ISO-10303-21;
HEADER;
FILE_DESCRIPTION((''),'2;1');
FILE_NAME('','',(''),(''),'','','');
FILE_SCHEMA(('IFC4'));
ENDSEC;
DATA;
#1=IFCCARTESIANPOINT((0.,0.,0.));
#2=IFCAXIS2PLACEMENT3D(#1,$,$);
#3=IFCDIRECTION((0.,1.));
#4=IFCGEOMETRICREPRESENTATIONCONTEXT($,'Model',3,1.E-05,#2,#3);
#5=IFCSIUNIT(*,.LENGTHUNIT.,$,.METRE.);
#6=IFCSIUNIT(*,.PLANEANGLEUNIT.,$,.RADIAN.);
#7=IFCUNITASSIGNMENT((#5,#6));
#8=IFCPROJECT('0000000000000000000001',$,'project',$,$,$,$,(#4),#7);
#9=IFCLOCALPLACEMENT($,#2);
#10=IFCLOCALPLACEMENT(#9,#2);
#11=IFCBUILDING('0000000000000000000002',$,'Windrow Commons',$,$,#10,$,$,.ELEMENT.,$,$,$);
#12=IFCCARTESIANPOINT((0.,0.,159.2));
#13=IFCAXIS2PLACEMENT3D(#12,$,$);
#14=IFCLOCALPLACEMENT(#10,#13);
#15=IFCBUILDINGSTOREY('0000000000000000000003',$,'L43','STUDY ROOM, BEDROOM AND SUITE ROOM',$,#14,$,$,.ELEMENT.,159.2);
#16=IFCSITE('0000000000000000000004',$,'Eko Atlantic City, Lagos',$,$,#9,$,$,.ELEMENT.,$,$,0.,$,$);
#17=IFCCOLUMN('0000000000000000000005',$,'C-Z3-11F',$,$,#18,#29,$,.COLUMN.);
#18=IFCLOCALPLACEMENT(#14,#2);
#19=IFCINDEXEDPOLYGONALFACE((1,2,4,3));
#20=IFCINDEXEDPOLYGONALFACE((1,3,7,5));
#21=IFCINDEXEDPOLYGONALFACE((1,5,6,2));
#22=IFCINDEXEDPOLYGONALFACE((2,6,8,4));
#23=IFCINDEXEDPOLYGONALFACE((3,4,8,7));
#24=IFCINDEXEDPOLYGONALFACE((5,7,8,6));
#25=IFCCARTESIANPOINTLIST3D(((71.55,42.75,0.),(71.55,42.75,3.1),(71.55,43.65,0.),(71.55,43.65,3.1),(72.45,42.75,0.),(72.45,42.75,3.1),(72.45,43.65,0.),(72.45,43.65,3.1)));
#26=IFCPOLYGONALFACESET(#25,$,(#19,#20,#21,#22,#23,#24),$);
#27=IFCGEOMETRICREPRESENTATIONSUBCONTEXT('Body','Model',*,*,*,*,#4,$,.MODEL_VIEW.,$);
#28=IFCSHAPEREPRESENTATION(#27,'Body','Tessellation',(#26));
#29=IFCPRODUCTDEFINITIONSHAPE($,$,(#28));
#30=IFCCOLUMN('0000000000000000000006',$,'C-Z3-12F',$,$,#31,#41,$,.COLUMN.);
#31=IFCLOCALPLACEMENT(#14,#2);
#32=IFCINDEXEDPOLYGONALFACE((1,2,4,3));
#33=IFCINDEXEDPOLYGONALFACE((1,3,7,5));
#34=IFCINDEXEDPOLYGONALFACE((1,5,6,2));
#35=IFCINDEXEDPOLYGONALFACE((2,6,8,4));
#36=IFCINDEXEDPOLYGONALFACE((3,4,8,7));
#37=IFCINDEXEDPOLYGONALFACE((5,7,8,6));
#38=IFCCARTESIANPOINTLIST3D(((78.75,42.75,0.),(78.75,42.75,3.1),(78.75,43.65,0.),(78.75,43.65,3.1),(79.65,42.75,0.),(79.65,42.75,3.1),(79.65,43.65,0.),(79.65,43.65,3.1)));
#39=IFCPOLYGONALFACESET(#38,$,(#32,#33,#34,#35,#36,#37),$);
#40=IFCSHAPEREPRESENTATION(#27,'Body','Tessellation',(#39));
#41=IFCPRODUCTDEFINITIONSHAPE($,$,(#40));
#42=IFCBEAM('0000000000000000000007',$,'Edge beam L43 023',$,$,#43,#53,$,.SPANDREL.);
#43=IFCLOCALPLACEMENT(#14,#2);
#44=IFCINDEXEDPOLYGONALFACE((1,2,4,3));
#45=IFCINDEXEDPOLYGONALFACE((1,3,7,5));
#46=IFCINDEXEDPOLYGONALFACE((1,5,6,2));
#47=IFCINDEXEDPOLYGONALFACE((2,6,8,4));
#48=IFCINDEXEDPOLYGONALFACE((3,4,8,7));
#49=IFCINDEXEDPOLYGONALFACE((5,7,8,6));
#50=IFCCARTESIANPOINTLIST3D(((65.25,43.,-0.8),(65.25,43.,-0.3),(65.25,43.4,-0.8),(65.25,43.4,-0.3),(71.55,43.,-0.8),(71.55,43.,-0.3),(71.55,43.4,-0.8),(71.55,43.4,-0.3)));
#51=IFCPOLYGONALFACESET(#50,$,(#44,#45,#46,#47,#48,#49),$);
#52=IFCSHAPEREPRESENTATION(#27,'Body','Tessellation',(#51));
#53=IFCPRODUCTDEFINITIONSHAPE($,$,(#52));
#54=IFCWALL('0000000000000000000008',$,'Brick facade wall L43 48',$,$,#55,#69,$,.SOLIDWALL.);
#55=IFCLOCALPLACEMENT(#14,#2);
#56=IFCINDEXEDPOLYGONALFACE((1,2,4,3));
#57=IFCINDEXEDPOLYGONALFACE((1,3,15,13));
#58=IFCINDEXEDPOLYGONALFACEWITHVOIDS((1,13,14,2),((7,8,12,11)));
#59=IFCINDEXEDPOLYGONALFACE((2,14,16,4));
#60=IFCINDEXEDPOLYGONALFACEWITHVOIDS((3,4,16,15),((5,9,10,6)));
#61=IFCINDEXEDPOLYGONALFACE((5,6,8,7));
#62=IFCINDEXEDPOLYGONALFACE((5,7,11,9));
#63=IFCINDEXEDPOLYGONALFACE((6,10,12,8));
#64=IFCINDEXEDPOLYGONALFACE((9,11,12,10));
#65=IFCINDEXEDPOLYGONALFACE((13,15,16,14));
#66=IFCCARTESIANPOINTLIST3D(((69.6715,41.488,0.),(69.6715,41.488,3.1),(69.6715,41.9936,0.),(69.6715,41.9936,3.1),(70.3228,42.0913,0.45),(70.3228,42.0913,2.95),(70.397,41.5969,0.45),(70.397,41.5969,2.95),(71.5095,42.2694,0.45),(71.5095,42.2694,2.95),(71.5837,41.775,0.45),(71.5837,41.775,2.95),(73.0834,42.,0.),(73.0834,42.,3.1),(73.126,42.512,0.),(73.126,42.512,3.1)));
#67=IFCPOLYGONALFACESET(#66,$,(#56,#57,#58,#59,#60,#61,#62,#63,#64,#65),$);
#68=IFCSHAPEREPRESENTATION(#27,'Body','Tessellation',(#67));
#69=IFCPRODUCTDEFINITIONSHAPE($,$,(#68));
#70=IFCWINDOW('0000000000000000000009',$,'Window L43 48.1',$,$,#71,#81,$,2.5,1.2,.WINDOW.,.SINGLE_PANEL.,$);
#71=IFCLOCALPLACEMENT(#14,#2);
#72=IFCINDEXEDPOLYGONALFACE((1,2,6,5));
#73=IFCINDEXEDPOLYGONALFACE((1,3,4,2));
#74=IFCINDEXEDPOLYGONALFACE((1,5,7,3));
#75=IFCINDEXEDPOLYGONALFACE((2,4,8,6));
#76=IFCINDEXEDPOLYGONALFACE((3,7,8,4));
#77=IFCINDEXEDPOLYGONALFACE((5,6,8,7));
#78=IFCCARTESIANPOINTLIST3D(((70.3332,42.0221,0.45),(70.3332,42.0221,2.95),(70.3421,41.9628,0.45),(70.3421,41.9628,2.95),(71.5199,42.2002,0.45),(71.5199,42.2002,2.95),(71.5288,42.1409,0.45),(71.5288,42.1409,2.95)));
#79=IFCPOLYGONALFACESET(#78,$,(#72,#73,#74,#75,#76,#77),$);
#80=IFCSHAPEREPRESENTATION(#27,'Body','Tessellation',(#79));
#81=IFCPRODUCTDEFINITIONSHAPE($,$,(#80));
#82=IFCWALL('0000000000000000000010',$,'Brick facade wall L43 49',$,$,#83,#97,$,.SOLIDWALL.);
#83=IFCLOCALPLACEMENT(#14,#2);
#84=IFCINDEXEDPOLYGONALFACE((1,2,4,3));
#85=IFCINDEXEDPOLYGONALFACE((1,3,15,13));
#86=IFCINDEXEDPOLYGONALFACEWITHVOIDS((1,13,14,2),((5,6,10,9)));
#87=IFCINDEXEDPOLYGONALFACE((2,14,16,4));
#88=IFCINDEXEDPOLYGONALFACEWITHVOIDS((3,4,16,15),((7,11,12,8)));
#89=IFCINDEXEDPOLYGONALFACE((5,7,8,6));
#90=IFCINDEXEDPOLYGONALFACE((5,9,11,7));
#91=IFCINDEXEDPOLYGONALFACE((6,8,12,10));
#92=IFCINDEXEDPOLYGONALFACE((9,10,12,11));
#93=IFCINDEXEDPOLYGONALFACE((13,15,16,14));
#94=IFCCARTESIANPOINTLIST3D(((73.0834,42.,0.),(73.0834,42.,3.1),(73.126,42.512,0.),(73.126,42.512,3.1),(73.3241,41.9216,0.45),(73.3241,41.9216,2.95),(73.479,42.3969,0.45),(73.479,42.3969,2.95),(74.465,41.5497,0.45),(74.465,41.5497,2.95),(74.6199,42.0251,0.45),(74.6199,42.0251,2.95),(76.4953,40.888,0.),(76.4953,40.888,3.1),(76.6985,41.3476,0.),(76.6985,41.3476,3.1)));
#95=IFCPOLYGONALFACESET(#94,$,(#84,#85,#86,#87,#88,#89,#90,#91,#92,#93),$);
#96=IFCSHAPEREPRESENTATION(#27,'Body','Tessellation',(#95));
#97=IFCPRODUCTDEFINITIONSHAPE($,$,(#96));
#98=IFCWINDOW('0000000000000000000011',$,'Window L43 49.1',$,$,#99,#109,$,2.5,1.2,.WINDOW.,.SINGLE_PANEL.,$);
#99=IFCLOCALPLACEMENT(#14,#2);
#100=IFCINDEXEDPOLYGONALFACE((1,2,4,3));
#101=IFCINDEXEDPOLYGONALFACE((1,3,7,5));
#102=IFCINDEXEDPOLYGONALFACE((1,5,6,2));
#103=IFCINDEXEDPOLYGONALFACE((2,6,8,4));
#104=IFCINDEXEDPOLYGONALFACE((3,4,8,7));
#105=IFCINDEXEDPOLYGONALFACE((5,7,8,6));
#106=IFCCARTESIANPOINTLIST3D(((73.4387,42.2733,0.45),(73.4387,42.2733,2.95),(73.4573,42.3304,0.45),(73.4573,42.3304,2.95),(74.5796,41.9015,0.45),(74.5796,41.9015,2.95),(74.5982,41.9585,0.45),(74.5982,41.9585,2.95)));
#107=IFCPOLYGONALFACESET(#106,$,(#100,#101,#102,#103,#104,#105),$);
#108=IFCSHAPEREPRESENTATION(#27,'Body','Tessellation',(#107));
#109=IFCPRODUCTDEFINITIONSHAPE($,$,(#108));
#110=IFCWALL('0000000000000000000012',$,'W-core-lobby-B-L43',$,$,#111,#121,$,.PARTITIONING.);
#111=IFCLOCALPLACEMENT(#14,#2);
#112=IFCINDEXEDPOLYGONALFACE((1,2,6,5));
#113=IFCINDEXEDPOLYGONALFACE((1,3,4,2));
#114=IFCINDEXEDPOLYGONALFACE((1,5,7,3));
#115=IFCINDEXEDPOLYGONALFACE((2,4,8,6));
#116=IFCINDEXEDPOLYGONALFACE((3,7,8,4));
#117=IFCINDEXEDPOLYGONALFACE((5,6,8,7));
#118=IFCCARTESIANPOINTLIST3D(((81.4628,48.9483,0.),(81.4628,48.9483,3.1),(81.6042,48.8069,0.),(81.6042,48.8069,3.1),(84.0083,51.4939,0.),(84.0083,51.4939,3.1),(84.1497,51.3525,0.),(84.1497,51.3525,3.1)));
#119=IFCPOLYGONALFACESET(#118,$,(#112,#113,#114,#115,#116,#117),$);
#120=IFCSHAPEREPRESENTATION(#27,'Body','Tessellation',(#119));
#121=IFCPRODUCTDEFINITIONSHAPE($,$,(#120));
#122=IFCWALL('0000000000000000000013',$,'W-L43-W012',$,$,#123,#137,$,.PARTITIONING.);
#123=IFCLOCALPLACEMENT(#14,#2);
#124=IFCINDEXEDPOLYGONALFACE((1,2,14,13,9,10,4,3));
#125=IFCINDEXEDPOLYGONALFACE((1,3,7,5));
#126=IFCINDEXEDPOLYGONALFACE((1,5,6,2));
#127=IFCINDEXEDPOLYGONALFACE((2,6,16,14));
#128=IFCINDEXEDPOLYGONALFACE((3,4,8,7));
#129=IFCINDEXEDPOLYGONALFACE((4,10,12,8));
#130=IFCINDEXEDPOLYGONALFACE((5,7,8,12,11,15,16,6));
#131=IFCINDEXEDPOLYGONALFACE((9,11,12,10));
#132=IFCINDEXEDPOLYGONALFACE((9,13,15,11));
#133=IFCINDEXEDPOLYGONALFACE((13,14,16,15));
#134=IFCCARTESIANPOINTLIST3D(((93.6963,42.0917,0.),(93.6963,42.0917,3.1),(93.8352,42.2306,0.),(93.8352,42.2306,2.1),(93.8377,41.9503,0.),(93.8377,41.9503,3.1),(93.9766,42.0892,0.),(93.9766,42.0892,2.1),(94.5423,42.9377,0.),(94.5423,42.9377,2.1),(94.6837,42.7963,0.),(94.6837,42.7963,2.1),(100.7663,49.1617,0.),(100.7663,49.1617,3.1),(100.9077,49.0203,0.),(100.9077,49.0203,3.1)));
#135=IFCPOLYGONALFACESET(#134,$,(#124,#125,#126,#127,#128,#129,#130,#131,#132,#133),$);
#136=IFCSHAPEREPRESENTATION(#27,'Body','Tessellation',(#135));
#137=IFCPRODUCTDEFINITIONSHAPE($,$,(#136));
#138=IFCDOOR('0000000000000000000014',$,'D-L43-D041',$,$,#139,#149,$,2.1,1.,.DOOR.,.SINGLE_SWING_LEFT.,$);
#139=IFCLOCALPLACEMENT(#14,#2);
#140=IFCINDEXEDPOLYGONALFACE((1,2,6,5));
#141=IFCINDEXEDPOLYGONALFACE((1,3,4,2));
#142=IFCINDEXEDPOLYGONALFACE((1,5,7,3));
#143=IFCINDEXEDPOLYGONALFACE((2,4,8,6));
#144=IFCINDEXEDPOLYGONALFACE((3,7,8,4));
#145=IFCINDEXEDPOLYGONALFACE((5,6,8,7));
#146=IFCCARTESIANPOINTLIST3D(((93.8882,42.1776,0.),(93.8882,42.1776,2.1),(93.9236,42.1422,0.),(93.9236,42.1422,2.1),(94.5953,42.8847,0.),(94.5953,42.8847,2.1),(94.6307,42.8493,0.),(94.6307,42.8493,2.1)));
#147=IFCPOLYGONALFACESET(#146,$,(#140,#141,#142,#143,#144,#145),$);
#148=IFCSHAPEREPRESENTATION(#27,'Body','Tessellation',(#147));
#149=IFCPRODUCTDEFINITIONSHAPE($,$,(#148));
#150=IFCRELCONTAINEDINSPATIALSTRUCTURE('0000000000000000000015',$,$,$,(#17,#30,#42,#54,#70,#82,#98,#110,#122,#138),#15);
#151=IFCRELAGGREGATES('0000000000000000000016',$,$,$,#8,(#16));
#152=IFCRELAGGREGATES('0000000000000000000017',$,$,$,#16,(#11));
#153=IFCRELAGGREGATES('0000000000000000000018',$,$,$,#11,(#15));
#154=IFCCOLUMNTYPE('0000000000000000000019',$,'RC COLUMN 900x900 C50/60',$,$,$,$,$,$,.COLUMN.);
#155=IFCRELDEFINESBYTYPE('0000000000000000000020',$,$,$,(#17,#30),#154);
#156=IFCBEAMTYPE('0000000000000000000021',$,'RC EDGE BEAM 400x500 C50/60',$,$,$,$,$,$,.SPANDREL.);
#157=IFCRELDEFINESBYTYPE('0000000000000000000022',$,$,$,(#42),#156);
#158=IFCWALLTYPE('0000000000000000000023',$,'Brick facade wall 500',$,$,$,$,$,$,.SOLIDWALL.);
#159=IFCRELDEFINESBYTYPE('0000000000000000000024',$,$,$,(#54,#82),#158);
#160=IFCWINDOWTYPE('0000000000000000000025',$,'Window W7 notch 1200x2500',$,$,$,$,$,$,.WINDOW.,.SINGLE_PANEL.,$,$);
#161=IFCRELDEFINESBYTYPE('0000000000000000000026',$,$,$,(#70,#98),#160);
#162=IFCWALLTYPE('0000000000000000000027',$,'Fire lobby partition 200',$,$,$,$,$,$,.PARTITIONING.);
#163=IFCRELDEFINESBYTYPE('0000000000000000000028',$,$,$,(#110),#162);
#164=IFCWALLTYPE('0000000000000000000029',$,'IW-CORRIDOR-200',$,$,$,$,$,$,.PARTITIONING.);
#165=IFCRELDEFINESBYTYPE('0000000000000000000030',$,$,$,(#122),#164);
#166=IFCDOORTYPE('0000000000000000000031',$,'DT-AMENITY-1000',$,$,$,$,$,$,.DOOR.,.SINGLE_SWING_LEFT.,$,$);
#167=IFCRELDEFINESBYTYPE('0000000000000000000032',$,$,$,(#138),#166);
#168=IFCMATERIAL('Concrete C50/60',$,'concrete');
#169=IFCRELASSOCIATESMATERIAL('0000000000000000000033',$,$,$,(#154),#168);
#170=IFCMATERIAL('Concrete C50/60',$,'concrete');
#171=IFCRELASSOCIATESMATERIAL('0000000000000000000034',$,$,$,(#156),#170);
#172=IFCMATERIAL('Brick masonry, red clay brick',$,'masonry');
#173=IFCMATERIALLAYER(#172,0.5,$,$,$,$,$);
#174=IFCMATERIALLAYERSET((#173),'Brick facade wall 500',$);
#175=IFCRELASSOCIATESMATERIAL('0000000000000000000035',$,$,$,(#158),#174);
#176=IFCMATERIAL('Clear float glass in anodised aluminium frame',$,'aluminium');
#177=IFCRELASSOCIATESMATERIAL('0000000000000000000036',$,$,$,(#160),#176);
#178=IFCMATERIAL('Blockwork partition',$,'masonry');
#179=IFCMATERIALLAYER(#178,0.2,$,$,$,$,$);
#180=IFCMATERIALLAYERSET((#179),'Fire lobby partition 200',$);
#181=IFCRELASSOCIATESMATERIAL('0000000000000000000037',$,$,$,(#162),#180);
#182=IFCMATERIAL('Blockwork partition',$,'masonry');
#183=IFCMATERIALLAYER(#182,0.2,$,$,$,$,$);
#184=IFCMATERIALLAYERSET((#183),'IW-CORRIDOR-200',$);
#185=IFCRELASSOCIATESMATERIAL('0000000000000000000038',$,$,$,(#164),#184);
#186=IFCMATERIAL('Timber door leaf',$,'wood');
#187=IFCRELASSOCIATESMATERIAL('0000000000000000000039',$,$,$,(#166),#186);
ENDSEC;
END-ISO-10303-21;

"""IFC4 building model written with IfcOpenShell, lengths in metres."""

from ifc_helpers import new_model, si_unit, direction, frame, frame_2d, origin, origin_2d, place, context, subcontext, project, spatial, polyline, rectangle, outline, extrude, material, layer, layer_set, material_profile, profile_set, type_object, element, fill, save


model = new_model("IFC4")

# Units and contexts
model_context = context("Model", 3, precision=1e-05, world=origin(), true_north=direction((0.0, 1.0)))
body_context = subcontext(model_context, "Body", "Model", "MODEL_VIEW")
ifc_project = project(units=[si_unit("LENGTHUNIT", "METRE"), si_unit("PLANEANGLEUNIT", "RADIAN")], contexts=[model_context])

# Site, building, storey
site_placement = place(None, origin())
site = spatial("IfcSite", under=ifc_project, at=site_placement, Name="Eko Atlantic City, Lagos", CompositionType="ELEMENT", RefElevation=0.0)
building_placement = place(site_placement, origin())
building = spatial("IfcBuilding", under=site, at=building_placement, Name="Windrow Commons", CompositionType="ELEMENT")
storey_placement = place(building_placement, frame((0.0, 0.0, 159.2)))
storey = spatial("IfcBuildingStorey", under=building, at=storey_placement, Name="L43", Description="STUDY ROOM, BEDROOM AND SUITE ROOM", CompositionType="ELEMENT", Elevation=159.2)

# Columns
ifc_material_1 = material(Name="Concrete C50/60", Category="concrete")
ifc_material_profile_1 = material_profile(ifc_material_1, rectangle(XDim=0.9, YDim=0.9, at=origin_2d()))
ifc_profile_set_1 = profile_set([ifc_material_profile_1], Name="Concrete C50/60")
column_type = type_object("IfcColumnType", Name="RC COLUMN 900x900 C50/60", PredefinedType="COLUMN", material=ifc_profile_set_1)
for number, where, z_axis, x_axis, name in (
    (1, (72.0, 43.2, 0.0), (0.0, 0.0, 1.0), (1.0, 0.0, 0.0), "C-Z3-11F"),
    (2, (79.2, 43.2, 0.0), (0.0, 0.0, 1.0), (1.0, 0.0, 0.0), "C-Z3-12F"),
):
    element("IfcColumn", number, at=place(storey_placement, frame(where, z_axis=z_axis, x_axis=x_axis)), inside=storey, type_object=column_type, Name=name, PredefinedType="COLUMN", context=body_context, shape_type="SweptSolid", body=[
        extrude(rectangle(XDim=0.9, YDim=0.9, at=origin_2d()), origin(), (0.0, 0.0, 1.0), 3.1),
    ])

# Beam
ifc_material_2 = material(Name="Concrete C50/60", Category="concrete")
ifc_material_profile_2 = material_profile(ifc_material_2, rectangle(XDim=0.4, YDim=0.5, at=origin_2d()))
ifc_profile_set_2 = profile_set([ifc_material_profile_2], Name="Concrete C50/60")
beam_type = type_object("IfcBeamType", Name="RC EDGE BEAM 400x500 C50/60", PredefinedType="SPANDREL", material=ifc_profile_set_2)
beam_placement = place(storey_placement, frame((71.55, 43.2, -0.55), z_axis=(-1.0, 0.0, 0.0), x_axis=(0.0, -1.0, 0.0)))
element("IfcBeam", 3, at=beam_placement, inside=storey, type_object=beam_type, Name="Edge beam L43 023", PredefinedType="SPANDREL", context=body_context, shape_type="SweptSolid", body=[
    extrude(rectangle(XDim=0.4, YDim=0.5, at=origin_2d()), origin(), (0.0, 0.0, 1.0), 6.3),
])

# Walls, openings, windows
ifc_material_3 = material(Name="Brick masonry, red clay brick", Category="masonry")
ifc_layer_1 = layer(ifc_material_3, 0.5)
ifc_layer_set_1 = layer_set([ifc_layer_1], Name="Brick facade wall 500")
wall_type_1 = type_object("IfcWallType", Name="Brick facade wall 500", PredefinedType="SOLIDWALL", material=ifc_layer_set_1)
wall_1_placement = place(storey_placement, frame((69.6715, 41.7408, 0.0), z_axis=(0.0, 0.0, 1.0), x_axis=(0.988927, 0.148402, 0.0)))
wall_1 = element("IfcWall", 4, at=wall_1_placement, inside=storey, type_object=wall_type_1, Name="Brick facade wall L43 48", PredefinedType="SOLIDWALL", context=body_context, shape_type="SweptSolid", body=[
    extrude(outline(polyline([(-0.0375, -0.25), (3.4126, -0.25), (3.5307, 0.25), (0.0375, 0.25), (-0.0375, -0.25)])), origin(), (0.0, 0.0, 1.0), 3.1),
])
opening_1_placement = place(wall_1_placement, frame((0.6961, 0.0, 0.45)))
opening_1 = element("IfcOpeningElement", 5, at=opening_1_placement, cuts=wall_1, PredefinedType="OPENING", context=body_context, shape_type="SweptSolid", body=[
    extrude(rectangle(XDim=1.2, YDim=2.5, at=frame_2d((0.6, 1.25))), frame((0.0, 0.26, 0.0), z_axis=(0.0, -1.0, 0.0), x_axis=(1.0, 0.0, 0.0)), (0.0, 0.0, 1.0), 0.52),
])
ifc_material_4 = material(Name="Clear float glass in anodised aluminium frame", Category="aluminium")
window_type = type_object("IfcWindowType", Name="Window W7 notch 1200x2500", PartitioningType="SINGLE_PANEL", PredefinedType="WINDOW", material=ifc_material_4)
window_1_placement = place(opening_1_placement, origin())
window_1 = element("IfcWindow", 6, at=window_1_placement, inside=storey, type_object=window_type, Name="Window L43 48.1", OverallHeight=2.5, OverallWidth=1.2, PartitioningType="SINGLE_PANEL", PredefinedType="WINDOW", context=body_context, shape_type="SweptSolid", body=[
    extrude(rectangle(XDim=1.2, YDim=2.5, at=frame_2d((0.6, 1.25))), frame((0.0, 0.18, 0.0), z_axis=(0.0, -1.0, 0.0), x_axis=(1.0, 0.0, 0.0)), (0.0, 0.0, 1.0), 0.06),
])
fill(opening_1, window_1)
wall_2_placement = place(storey_placement, frame((73.1047, 42.256, 0.0), z_axis=(0.0, 0.0, 1.0), x_axis=(0.950775, -0.309883, 0.0)))
wall_2 = element("IfcWall", 7, at=wall_2_placement, inside=storey, type_object=wall_type_1, Name="Brick facade wall L43 49", PredefinedType="SOLIDWALL", context=body_context, shape_type="SweptSolid", body=[
    extrude(outline(polyline([(0.0591, -0.25), (3.6476, -0.25), (3.6984, 0.25), (-0.0591, 0.25), (0.0591, -0.25)])), origin(), (0.0, 0.0, 1.0), 3.1),
])
opening_2_placement = place(wall_2_placement, frame((0.3122, 0.0, 0.45)))
opening_2 = element("IfcOpeningElement", 8, at=opening_2_placement, cuts=wall_2, PredefinedType="OPENING", context=body_context, shape_type="SweptSolid", body=[
    extrude(rectangle(XDim=1.2, YDim=2.5, at=frame_2d((0.6, 1.25))), frame((0.0, 0.26, 0.0), z_axis=(0.0, -1.0, 0.0), x_axis=(1.0, 0.0, 0.0)), (0.0, 0.0, 1.0), 0.52),
])
window_2_placement = place(opening_2_placement, origin())
window_2 = element("IfcWindow", 9, at=window_2_placement, inside=storey, type_object=window_type, Name="Window L43 49.1", OverallHeight=2.5, OverallWidth=1.2, PartitioningType="SINGLE_PANEL", PredefinedType="WINDOW", context=body_context, shape_type="SweptSolid", body=[
    extrude(rectangle(XDim=1.2, YDim=2.5, at=frame_2d((0.6, 1.25))), frame((0.0, 0.18, 0.0), z_axis=(0.0, -1.0, 0.0), x_axis=(1.0, 0.0, 0.0)), (0.0, 0.0, 1.0), 0.06),
])
fill(opening_2, window_2)

# Wall
ifc_material_5 = material(Name="Blockwork partition", Category="masonry")
ifc_layer_2 = layer(ifc_material_5, 0.2)
ifc_layer_set_2 = layer_set([ifc_layer_2], Name="Fire lobby partition 200")
wall_type_2 = type_object("IfcWallType", Name="Fire lobby partition 200", PredefinedType="PARTITIONING", material=ifc_layer_set_2)
wall_3_placement = place(storey_placement, frame((81.5335, 48.8776, 0.0), z_axis=(0.0, 0.0, 1.0), x_axis=(0.707093, 0.707121, 0.0)))
element("IfcWall", 10, at=wall_3_placement, inside=storey, type_object=wall_type_2, Name="W-core-lobby-B-L43", PredefinedType="PARTITIONING", context=body_context, shape_type="SweptSolid", body=[
    extrude(rectangle(XDim=3.6, YDim=0.2, at=frame_2d((1.8, 0.0))), origin(), (0.0, 0.0, 1.0), 3.1),
])

# Wall, opening, door
ifc_material_6 = material(Name="Blockwork partition", Category="masonry")
ifc_layer_3 = layer(ifc_material_6, 0.2)
ifc_layer_set_3 = layer_set([ifc_layer_3], Name="IW-CORRIDOR-200")
wall_type_3 = type_object("IfcWallType", Name="IW-CORRIDOR-200", PredefinedType="PARTITIONING", material=ifc_layer_set_3)
wall_4_placement = place(storey_placement, frame((93.767, 42.021, 0.0), z_axis=(0.0, 0.0, 1.0), x_axis=(0.707107, 0.707107, 0.0)))
wall_4 = element("IfcWall", 11, at=wall_4_placement, inside=storey, type_object=wall_type_3, Name="W-L43-W012", PredefinedType="PARTITIONING", context=body_context, shape_type="SweptSolid", body=[
    extrude(rectangle(XDim=9.9985, YDim=0.2, at=frame_2d((4.9992, 0.0))), origin(), (0.0, 0.0, 1.0), 3.1),
])
opening_3_placement = place(wall_4_placement, frame((0.1964, 0.0, 0.0)))
opening_3 = element("IfcOpeningElement", 12, at=opening_3_placement, cuts=wall_4, PredefinedType="OPENING", context=body_context, shape_type="SweptSolid", body=[
    extrude(rectangle(XDim=1.0, YDim=2.1, at=frame_2d((0.5, 1.05))), frame((0.0, 0.11, 0.0), z_axis=(0.0, -1.0, 0.0), x_axis=(1.0, 0.0, 0.0)), (0.0, 0.0, 1.0), 0.22),
])
ifc_material_7 = material(Name="Timber door leaf", Category="wood")
door_type = type_object("IfcDoorType", Name="DT-AMENITY-1000", OperationType="SINGLE_SWING_LEFT", PredefinedType="DOOR", material=ifc_material_7)
door_1_placement = place(opening_3_placement, origin())
door_1 = element("IfcDoor", 13, at=door_1_placement, inside=storey, type_object=door_type, Name="D-L43-D041", OperationType="SINGLE_SWING_LEFT", OverallHeight=2.1, OverallWidth=1.0, PredefinedType="DOOR", context=body_context, shape_type="SweptSolid", body=[
    extrude(rectangle(XDim=1.0, YDim=2.1, at=frame_2d((0.5, 1.05))), frame((0.0, 0.025, 0.0), z_axis=(0.0, -1.0, 0.0), x_axis=(1.0, 0.0, 0.0)), (0.0, 0.0, 1.0), 0.05),
])
fill(opening_3, door_1)

save(model, "model.ifc")
